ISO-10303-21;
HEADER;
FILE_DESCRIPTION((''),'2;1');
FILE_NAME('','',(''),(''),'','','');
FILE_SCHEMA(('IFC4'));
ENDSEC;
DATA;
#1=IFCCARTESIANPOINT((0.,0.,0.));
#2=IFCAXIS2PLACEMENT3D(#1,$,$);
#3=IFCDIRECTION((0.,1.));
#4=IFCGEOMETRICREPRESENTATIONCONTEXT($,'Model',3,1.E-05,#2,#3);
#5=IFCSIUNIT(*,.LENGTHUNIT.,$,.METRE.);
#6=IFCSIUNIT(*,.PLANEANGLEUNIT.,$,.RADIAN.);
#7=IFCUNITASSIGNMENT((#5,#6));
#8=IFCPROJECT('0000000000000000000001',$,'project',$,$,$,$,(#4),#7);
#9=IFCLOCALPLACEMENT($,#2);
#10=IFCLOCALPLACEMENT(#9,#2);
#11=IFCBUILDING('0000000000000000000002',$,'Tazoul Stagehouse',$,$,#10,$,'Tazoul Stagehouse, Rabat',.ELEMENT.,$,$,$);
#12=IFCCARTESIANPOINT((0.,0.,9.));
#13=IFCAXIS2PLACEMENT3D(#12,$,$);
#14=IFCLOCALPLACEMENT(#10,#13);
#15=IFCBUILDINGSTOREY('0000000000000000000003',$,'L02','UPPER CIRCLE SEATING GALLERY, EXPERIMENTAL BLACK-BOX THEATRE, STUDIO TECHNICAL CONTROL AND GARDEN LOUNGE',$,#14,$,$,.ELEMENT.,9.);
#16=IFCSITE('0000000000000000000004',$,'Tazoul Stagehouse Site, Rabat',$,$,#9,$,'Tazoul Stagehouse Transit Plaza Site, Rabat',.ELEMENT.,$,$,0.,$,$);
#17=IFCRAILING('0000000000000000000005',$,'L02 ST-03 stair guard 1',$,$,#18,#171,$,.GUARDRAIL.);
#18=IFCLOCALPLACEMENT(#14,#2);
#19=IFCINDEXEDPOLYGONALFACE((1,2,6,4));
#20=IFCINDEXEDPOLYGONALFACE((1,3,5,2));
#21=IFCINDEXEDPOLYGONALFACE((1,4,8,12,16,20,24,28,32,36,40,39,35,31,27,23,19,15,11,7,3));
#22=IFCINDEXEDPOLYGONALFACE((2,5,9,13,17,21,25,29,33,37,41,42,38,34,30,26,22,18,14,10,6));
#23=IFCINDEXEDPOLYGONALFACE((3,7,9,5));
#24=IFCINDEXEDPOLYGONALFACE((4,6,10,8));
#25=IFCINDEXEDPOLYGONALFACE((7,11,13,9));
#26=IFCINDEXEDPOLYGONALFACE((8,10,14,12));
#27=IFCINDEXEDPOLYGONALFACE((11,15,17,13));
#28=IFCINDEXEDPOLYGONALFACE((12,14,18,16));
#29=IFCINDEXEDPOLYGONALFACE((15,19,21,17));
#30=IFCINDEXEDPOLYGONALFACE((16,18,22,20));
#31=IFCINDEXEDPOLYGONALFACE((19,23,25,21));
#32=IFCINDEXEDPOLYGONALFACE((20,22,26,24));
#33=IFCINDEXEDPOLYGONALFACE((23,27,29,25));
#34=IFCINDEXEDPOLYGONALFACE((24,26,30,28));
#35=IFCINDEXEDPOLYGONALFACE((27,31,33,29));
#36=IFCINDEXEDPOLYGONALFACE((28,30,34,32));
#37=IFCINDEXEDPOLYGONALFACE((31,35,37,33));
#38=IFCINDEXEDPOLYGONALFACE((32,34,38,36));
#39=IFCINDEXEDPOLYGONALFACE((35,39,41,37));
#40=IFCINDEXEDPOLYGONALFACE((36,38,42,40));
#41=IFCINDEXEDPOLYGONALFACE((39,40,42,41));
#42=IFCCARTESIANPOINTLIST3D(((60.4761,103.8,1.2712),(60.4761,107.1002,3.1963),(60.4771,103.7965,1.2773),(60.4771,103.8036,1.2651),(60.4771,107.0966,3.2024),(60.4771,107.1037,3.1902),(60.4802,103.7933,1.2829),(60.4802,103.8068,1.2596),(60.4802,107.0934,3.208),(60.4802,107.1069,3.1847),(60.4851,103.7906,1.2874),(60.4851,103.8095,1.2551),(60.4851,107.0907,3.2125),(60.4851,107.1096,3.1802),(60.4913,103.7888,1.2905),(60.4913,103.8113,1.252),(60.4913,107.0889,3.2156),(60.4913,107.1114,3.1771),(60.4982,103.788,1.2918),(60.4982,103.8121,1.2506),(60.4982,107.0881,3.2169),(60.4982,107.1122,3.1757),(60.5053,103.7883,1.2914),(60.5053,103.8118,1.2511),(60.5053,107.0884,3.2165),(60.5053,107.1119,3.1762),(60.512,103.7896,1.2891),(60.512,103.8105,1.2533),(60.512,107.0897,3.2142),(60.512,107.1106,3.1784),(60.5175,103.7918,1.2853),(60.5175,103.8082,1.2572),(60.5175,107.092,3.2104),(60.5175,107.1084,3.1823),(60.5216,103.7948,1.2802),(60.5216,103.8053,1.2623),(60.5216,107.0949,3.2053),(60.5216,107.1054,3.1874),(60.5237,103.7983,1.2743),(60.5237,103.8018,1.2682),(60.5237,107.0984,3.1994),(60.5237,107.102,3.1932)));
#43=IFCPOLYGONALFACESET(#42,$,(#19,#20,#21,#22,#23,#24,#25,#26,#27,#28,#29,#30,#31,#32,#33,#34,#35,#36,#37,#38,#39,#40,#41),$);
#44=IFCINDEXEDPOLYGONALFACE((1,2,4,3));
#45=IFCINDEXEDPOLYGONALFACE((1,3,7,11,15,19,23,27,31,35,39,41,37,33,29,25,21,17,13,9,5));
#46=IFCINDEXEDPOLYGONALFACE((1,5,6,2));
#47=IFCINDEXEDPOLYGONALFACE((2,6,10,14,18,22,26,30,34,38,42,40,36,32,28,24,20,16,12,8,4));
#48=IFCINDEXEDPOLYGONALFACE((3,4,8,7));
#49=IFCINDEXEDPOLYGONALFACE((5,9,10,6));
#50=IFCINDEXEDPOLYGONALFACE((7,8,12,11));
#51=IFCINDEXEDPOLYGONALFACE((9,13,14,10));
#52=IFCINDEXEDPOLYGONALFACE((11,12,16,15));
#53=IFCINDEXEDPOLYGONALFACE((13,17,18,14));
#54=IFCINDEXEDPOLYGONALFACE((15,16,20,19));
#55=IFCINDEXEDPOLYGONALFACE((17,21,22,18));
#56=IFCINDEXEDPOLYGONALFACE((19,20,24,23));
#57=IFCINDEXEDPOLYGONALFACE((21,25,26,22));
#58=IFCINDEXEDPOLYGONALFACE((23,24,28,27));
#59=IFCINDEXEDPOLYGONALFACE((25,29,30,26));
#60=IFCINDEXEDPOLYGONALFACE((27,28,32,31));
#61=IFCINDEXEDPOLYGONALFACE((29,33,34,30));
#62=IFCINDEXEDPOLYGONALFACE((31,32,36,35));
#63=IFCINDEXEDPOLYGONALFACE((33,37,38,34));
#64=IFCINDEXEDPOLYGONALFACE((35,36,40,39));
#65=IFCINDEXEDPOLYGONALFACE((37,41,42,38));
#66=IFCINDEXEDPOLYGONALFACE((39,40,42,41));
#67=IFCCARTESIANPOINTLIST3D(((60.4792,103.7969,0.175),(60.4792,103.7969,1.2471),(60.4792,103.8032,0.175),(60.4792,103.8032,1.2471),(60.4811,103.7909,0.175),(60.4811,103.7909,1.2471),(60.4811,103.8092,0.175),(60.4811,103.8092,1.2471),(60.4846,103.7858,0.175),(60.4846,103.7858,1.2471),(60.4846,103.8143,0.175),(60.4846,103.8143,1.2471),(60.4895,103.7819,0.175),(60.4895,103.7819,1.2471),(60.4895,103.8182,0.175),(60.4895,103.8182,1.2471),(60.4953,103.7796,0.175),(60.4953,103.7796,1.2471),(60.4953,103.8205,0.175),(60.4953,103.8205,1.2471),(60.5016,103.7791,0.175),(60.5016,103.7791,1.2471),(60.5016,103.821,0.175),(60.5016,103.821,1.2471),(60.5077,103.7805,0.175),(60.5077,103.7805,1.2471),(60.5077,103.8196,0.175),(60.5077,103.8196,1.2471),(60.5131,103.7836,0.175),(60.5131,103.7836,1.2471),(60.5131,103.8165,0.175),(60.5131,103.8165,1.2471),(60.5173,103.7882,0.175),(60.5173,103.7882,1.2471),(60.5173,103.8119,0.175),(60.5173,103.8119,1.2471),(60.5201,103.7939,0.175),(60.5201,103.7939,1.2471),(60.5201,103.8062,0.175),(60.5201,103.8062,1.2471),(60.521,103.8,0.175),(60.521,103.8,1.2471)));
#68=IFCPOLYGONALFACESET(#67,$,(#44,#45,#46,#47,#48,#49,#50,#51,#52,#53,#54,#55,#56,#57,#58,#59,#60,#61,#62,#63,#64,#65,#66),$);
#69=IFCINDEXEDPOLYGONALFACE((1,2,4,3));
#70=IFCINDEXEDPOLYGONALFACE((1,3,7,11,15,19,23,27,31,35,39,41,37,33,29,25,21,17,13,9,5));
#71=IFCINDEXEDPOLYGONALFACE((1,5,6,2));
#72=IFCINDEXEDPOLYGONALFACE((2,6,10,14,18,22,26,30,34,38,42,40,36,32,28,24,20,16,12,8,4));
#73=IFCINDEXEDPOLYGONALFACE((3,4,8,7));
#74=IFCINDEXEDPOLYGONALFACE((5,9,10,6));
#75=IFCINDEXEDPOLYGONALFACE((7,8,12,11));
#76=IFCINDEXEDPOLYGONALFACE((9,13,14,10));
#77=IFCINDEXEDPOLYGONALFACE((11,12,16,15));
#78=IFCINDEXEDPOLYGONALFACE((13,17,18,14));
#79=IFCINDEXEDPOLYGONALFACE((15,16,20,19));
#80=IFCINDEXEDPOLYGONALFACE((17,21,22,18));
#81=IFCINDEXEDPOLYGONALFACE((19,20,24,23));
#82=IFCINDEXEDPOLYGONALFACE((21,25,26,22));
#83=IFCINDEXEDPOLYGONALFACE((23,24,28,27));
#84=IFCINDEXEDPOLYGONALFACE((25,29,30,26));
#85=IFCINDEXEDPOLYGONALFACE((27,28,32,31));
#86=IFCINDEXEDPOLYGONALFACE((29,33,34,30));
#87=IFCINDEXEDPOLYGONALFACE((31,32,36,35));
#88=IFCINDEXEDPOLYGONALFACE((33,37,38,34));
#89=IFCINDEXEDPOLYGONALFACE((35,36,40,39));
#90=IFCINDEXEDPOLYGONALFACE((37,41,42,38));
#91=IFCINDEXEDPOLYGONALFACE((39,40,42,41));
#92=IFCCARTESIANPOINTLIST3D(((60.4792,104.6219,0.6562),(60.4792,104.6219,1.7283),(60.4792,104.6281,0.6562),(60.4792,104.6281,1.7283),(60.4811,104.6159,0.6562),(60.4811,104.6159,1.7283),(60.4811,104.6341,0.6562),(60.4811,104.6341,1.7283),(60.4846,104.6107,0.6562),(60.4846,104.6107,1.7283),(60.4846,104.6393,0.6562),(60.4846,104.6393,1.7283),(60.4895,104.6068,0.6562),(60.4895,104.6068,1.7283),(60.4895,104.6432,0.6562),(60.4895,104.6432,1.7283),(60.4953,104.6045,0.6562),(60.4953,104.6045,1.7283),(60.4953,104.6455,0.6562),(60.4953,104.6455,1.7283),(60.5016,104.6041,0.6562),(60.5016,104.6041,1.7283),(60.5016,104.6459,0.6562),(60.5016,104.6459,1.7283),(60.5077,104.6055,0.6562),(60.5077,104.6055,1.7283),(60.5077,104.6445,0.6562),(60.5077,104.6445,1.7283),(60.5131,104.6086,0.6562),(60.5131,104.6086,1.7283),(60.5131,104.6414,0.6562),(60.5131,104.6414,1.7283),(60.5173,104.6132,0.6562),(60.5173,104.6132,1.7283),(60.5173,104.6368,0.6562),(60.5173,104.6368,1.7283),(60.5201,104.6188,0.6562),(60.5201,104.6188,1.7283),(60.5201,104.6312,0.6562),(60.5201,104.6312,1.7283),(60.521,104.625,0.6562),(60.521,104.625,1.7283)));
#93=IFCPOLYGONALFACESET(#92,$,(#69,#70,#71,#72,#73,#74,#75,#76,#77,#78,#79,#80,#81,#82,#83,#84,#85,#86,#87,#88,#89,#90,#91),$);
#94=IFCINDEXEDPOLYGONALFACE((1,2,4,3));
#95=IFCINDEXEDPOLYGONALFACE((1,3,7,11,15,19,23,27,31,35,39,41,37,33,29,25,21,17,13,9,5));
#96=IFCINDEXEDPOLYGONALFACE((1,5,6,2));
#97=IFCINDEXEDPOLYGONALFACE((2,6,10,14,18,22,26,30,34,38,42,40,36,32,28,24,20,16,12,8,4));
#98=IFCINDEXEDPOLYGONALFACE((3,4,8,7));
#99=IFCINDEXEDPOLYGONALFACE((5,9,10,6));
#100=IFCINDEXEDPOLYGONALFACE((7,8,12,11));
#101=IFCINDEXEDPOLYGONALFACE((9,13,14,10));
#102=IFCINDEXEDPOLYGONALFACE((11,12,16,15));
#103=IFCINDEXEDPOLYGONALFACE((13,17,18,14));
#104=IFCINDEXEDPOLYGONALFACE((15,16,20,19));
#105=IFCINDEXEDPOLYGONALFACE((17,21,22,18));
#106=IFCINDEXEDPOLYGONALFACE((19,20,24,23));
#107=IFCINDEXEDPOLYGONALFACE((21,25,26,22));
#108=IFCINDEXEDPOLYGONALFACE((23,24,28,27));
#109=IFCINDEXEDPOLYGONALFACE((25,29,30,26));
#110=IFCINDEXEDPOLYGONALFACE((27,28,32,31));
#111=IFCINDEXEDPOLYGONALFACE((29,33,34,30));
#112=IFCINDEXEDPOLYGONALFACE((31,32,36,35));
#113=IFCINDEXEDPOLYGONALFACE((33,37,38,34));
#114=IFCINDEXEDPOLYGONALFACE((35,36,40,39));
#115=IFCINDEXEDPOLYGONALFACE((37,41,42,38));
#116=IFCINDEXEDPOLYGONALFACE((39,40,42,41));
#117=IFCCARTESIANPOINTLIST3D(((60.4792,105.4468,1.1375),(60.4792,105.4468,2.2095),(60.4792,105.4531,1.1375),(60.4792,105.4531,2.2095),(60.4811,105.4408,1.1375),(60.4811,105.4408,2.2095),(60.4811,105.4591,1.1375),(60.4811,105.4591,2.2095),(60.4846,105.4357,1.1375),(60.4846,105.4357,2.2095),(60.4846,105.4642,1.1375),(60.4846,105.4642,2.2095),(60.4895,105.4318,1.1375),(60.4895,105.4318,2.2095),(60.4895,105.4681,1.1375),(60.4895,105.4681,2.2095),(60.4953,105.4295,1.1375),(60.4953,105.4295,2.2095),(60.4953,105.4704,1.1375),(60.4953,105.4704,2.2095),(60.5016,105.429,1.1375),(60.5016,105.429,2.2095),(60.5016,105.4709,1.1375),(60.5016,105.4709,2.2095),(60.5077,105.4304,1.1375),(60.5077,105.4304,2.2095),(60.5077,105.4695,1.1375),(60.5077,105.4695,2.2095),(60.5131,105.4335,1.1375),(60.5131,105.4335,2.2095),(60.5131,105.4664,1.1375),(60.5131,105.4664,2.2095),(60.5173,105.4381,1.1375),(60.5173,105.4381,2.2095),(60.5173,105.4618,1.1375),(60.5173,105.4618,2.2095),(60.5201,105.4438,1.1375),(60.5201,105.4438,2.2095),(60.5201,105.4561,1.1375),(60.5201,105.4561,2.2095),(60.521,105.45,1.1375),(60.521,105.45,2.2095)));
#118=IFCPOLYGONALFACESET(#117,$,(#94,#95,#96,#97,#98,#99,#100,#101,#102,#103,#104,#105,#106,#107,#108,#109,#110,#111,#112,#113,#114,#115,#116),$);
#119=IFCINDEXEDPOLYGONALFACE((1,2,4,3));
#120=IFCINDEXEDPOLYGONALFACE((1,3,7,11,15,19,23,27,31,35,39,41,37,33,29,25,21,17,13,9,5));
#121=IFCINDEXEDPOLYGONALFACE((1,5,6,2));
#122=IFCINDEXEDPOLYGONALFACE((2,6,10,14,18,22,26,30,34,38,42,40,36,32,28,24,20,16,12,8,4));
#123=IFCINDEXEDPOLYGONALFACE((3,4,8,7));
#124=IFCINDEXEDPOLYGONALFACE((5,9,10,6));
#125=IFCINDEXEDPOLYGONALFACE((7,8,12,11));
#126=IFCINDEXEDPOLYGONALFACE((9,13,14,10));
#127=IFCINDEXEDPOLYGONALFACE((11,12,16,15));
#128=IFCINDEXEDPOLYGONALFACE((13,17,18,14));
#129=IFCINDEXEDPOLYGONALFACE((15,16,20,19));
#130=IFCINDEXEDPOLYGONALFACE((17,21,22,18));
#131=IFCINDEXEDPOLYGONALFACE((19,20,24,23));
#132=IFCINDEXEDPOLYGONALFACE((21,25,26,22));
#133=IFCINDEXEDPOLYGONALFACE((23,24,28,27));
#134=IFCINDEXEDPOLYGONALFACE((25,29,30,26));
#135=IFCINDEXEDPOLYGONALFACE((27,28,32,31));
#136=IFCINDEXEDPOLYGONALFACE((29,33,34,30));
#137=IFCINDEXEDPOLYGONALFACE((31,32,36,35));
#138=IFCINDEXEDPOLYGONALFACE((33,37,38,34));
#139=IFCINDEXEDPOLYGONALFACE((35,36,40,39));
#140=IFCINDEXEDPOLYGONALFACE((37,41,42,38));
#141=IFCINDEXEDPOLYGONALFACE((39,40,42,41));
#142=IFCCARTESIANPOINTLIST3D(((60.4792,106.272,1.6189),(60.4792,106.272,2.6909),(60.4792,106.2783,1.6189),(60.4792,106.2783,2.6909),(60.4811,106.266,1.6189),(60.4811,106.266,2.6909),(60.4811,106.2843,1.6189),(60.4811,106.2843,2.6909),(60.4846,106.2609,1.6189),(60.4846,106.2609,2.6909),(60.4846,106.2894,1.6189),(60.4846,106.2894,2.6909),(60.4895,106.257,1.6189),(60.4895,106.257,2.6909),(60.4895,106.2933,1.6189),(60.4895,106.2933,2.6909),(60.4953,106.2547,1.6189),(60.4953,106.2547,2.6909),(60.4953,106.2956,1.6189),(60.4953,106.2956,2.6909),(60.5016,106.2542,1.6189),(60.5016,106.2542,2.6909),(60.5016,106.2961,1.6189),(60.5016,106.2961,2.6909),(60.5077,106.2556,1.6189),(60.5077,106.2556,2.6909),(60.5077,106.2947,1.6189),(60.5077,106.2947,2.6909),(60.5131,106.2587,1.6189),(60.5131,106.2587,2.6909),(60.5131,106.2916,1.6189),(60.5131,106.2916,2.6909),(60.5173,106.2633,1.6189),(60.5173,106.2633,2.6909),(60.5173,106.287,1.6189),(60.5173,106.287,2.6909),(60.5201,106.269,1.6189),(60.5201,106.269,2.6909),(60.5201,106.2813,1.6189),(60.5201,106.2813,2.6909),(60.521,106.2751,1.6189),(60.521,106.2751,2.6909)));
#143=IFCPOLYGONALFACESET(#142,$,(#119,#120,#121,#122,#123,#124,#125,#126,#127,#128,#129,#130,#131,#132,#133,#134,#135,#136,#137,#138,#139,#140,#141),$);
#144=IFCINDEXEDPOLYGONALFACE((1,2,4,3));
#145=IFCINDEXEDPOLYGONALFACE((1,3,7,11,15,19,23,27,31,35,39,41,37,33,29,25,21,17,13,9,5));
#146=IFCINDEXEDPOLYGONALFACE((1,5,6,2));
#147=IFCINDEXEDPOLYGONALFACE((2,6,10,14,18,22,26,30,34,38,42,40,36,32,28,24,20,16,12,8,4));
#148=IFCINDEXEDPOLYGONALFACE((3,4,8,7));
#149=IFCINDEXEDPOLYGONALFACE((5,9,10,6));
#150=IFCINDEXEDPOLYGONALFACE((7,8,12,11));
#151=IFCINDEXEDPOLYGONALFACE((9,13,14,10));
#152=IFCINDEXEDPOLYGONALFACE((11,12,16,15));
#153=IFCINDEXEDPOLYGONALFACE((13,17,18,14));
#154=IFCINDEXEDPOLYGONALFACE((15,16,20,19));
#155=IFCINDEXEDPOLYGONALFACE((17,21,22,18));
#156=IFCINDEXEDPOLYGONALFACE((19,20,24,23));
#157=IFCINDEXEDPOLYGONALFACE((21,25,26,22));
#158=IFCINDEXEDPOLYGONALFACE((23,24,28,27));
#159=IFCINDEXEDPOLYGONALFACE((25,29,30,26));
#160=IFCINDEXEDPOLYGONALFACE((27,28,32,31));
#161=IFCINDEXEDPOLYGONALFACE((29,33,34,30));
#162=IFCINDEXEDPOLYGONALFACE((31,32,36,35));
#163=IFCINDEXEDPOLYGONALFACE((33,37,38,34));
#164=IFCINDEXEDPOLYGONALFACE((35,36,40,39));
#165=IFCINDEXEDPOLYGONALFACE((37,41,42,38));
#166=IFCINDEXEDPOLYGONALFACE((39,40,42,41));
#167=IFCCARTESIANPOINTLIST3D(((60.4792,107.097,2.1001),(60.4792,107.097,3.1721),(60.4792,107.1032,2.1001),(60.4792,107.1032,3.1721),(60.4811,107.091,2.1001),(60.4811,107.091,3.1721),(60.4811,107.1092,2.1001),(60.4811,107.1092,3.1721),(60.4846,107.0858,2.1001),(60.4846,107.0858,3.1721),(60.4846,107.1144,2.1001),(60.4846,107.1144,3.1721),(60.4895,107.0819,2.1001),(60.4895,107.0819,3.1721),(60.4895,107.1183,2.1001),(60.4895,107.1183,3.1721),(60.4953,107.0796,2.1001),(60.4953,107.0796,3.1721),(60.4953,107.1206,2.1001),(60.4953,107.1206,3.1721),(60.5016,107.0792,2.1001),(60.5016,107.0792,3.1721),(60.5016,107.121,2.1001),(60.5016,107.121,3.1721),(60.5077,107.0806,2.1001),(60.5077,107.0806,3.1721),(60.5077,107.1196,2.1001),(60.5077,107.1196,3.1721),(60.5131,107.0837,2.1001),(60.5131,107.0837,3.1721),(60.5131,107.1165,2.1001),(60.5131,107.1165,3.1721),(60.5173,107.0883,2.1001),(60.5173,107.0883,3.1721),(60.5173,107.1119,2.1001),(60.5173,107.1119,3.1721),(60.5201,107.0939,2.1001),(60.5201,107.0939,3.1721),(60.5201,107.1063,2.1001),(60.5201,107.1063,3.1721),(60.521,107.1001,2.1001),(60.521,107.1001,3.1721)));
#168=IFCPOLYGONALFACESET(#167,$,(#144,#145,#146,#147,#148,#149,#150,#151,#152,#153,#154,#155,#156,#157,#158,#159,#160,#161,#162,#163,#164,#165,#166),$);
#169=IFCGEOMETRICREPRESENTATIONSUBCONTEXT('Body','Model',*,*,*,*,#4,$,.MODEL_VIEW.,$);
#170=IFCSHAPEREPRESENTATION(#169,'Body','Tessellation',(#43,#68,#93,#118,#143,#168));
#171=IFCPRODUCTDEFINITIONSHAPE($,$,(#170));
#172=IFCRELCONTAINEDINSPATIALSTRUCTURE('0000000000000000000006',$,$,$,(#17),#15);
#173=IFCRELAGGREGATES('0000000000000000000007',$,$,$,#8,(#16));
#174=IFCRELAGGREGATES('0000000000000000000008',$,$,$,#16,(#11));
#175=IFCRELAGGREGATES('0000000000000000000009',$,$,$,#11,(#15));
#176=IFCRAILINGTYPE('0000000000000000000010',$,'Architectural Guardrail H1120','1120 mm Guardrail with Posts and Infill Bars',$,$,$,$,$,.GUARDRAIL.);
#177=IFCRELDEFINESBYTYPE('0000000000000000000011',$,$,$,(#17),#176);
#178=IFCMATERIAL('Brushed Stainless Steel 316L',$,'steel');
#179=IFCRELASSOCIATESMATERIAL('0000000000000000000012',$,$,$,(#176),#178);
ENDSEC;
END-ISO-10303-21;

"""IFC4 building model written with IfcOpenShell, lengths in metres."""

from ifc_helpers import new_model, si_unit, direction, frame, origin, origin_2d, place, context, subcontext, project, spatial, circle, extrude, material, material_profile, profile_set, type_object, element, save


model = new_model("IFC4")

# Units and contexts
model_context = context("Model", 3, precision=1e-05, world=origin(), true_north=direction((0.0, 1.0)))
body_context = subcontext(model_context, "Body", "Model", "MODEL_VIEW")
ifc_project = project(units=[si_unit("LENGTHUNIT", "METRE"), si_unit("PLANEANGLEUNIT", "RADIAN")], contexts=[model_context])

# Site, building, storey
site_placement = place(None, origin())
site = spatial("IfcSite", under=ifc_project, at=site_placement, Name="Tazoul Stagehouse Site, Rabat", LongName="Tazoul Stagehouse Transit Plaza Site, Rabat", CompositionType="ELEMENT", RefElevation=0.0)
building_placement = place(site_placement, origin())
building = spatial("IfcBuilding", under=site, at=building_placement, Name="Tazoul Stagehouse", LongName="Tazoul Stagehouse, Rabat", CompositionType="ELEMENT")
storey_placement = place(building_placement, frame((0.0, 0.0, 9.0)))
storey = spatial("IfcBuildingStorey", under=building, at=storey_placement, Name="L02", Description="UPPER CIRCLE SEATING GALLERY, EXPERIMENTAL BLACK-BOX THEATRE, STUDIO TECHNICAL CONTROL AND GARDEN LOUNGE", CompositionType="ELEMENT", Elevation=9.0)

# Railing
ifc_material_1 = material(Name="Brushed Stainless Steel 316L", Category="steel")
ifc_material_profile_1 = material_profile(ifc_material_1, circle(Radius=0.0239, at=origin_2d()), Name="SS RAIL D48")
ifc_profile_set_1 = profile_set([ifc_material_profile_1], Name="Brushed Stainless Steel 316L")
railing_type_1 = type_object("IfcRailingType", Name="Architectural Guardrail H1120", Description="1120 mm Guardrail with Posts and Infill Bars", PredefinedType="GUARDRAIL", material=ifc_profile_set_1)
railing_1_placement = place(storey_placement, frame((60.5, 103.8, 0.175)))
element("IfcRailing", 1, at=railing_1_placement, inside=storey, type_object=railing_type_1, Name="L02 ST-03 stair guard 1", PredefinedType="GUARDRAIL", context=body_context, shape_type="SweptSolid", body=[
    extrude(circle(Radius=0.0239, at=origin_2d()), frame((0.0, 0.0, 1.0962), z_axis=(0.0, 0.863777, 0.503875), x_axis=(-1.0, 0.0, 0.0)), (0.0, 0.0, 1.0), 3.8206),
    extrude(circle(Radius=0.021, at=origin_2d()), origin(), (0.0, 0.0, 1.0), 1.072),
    extrude(circle(Radius=0.021, at=origin_2d()), frame((0.0, 0.825, 0.4812)), (0.0, 0.0, 1.0), 1.072),
    extrude(circle(Radius=0.021, at=origin_2d()), frame((0.0, 1.6499, 0.9624)), (0.0, 0.0, 1.0), 1.072),
    extrude(circle(Radius=0.021, at=origin_2d()), frame((0.0, 2.4751, 1.4438)), (0.0, 0.0, 1.0), 1.072),
    extrude(circle(Radius=0.021, at=origin_2d()), frame((0.0, 3.3, 1.925)), (0.0, 0.0, 1.0), 1.072),
])

save(model, "model.ifc")
